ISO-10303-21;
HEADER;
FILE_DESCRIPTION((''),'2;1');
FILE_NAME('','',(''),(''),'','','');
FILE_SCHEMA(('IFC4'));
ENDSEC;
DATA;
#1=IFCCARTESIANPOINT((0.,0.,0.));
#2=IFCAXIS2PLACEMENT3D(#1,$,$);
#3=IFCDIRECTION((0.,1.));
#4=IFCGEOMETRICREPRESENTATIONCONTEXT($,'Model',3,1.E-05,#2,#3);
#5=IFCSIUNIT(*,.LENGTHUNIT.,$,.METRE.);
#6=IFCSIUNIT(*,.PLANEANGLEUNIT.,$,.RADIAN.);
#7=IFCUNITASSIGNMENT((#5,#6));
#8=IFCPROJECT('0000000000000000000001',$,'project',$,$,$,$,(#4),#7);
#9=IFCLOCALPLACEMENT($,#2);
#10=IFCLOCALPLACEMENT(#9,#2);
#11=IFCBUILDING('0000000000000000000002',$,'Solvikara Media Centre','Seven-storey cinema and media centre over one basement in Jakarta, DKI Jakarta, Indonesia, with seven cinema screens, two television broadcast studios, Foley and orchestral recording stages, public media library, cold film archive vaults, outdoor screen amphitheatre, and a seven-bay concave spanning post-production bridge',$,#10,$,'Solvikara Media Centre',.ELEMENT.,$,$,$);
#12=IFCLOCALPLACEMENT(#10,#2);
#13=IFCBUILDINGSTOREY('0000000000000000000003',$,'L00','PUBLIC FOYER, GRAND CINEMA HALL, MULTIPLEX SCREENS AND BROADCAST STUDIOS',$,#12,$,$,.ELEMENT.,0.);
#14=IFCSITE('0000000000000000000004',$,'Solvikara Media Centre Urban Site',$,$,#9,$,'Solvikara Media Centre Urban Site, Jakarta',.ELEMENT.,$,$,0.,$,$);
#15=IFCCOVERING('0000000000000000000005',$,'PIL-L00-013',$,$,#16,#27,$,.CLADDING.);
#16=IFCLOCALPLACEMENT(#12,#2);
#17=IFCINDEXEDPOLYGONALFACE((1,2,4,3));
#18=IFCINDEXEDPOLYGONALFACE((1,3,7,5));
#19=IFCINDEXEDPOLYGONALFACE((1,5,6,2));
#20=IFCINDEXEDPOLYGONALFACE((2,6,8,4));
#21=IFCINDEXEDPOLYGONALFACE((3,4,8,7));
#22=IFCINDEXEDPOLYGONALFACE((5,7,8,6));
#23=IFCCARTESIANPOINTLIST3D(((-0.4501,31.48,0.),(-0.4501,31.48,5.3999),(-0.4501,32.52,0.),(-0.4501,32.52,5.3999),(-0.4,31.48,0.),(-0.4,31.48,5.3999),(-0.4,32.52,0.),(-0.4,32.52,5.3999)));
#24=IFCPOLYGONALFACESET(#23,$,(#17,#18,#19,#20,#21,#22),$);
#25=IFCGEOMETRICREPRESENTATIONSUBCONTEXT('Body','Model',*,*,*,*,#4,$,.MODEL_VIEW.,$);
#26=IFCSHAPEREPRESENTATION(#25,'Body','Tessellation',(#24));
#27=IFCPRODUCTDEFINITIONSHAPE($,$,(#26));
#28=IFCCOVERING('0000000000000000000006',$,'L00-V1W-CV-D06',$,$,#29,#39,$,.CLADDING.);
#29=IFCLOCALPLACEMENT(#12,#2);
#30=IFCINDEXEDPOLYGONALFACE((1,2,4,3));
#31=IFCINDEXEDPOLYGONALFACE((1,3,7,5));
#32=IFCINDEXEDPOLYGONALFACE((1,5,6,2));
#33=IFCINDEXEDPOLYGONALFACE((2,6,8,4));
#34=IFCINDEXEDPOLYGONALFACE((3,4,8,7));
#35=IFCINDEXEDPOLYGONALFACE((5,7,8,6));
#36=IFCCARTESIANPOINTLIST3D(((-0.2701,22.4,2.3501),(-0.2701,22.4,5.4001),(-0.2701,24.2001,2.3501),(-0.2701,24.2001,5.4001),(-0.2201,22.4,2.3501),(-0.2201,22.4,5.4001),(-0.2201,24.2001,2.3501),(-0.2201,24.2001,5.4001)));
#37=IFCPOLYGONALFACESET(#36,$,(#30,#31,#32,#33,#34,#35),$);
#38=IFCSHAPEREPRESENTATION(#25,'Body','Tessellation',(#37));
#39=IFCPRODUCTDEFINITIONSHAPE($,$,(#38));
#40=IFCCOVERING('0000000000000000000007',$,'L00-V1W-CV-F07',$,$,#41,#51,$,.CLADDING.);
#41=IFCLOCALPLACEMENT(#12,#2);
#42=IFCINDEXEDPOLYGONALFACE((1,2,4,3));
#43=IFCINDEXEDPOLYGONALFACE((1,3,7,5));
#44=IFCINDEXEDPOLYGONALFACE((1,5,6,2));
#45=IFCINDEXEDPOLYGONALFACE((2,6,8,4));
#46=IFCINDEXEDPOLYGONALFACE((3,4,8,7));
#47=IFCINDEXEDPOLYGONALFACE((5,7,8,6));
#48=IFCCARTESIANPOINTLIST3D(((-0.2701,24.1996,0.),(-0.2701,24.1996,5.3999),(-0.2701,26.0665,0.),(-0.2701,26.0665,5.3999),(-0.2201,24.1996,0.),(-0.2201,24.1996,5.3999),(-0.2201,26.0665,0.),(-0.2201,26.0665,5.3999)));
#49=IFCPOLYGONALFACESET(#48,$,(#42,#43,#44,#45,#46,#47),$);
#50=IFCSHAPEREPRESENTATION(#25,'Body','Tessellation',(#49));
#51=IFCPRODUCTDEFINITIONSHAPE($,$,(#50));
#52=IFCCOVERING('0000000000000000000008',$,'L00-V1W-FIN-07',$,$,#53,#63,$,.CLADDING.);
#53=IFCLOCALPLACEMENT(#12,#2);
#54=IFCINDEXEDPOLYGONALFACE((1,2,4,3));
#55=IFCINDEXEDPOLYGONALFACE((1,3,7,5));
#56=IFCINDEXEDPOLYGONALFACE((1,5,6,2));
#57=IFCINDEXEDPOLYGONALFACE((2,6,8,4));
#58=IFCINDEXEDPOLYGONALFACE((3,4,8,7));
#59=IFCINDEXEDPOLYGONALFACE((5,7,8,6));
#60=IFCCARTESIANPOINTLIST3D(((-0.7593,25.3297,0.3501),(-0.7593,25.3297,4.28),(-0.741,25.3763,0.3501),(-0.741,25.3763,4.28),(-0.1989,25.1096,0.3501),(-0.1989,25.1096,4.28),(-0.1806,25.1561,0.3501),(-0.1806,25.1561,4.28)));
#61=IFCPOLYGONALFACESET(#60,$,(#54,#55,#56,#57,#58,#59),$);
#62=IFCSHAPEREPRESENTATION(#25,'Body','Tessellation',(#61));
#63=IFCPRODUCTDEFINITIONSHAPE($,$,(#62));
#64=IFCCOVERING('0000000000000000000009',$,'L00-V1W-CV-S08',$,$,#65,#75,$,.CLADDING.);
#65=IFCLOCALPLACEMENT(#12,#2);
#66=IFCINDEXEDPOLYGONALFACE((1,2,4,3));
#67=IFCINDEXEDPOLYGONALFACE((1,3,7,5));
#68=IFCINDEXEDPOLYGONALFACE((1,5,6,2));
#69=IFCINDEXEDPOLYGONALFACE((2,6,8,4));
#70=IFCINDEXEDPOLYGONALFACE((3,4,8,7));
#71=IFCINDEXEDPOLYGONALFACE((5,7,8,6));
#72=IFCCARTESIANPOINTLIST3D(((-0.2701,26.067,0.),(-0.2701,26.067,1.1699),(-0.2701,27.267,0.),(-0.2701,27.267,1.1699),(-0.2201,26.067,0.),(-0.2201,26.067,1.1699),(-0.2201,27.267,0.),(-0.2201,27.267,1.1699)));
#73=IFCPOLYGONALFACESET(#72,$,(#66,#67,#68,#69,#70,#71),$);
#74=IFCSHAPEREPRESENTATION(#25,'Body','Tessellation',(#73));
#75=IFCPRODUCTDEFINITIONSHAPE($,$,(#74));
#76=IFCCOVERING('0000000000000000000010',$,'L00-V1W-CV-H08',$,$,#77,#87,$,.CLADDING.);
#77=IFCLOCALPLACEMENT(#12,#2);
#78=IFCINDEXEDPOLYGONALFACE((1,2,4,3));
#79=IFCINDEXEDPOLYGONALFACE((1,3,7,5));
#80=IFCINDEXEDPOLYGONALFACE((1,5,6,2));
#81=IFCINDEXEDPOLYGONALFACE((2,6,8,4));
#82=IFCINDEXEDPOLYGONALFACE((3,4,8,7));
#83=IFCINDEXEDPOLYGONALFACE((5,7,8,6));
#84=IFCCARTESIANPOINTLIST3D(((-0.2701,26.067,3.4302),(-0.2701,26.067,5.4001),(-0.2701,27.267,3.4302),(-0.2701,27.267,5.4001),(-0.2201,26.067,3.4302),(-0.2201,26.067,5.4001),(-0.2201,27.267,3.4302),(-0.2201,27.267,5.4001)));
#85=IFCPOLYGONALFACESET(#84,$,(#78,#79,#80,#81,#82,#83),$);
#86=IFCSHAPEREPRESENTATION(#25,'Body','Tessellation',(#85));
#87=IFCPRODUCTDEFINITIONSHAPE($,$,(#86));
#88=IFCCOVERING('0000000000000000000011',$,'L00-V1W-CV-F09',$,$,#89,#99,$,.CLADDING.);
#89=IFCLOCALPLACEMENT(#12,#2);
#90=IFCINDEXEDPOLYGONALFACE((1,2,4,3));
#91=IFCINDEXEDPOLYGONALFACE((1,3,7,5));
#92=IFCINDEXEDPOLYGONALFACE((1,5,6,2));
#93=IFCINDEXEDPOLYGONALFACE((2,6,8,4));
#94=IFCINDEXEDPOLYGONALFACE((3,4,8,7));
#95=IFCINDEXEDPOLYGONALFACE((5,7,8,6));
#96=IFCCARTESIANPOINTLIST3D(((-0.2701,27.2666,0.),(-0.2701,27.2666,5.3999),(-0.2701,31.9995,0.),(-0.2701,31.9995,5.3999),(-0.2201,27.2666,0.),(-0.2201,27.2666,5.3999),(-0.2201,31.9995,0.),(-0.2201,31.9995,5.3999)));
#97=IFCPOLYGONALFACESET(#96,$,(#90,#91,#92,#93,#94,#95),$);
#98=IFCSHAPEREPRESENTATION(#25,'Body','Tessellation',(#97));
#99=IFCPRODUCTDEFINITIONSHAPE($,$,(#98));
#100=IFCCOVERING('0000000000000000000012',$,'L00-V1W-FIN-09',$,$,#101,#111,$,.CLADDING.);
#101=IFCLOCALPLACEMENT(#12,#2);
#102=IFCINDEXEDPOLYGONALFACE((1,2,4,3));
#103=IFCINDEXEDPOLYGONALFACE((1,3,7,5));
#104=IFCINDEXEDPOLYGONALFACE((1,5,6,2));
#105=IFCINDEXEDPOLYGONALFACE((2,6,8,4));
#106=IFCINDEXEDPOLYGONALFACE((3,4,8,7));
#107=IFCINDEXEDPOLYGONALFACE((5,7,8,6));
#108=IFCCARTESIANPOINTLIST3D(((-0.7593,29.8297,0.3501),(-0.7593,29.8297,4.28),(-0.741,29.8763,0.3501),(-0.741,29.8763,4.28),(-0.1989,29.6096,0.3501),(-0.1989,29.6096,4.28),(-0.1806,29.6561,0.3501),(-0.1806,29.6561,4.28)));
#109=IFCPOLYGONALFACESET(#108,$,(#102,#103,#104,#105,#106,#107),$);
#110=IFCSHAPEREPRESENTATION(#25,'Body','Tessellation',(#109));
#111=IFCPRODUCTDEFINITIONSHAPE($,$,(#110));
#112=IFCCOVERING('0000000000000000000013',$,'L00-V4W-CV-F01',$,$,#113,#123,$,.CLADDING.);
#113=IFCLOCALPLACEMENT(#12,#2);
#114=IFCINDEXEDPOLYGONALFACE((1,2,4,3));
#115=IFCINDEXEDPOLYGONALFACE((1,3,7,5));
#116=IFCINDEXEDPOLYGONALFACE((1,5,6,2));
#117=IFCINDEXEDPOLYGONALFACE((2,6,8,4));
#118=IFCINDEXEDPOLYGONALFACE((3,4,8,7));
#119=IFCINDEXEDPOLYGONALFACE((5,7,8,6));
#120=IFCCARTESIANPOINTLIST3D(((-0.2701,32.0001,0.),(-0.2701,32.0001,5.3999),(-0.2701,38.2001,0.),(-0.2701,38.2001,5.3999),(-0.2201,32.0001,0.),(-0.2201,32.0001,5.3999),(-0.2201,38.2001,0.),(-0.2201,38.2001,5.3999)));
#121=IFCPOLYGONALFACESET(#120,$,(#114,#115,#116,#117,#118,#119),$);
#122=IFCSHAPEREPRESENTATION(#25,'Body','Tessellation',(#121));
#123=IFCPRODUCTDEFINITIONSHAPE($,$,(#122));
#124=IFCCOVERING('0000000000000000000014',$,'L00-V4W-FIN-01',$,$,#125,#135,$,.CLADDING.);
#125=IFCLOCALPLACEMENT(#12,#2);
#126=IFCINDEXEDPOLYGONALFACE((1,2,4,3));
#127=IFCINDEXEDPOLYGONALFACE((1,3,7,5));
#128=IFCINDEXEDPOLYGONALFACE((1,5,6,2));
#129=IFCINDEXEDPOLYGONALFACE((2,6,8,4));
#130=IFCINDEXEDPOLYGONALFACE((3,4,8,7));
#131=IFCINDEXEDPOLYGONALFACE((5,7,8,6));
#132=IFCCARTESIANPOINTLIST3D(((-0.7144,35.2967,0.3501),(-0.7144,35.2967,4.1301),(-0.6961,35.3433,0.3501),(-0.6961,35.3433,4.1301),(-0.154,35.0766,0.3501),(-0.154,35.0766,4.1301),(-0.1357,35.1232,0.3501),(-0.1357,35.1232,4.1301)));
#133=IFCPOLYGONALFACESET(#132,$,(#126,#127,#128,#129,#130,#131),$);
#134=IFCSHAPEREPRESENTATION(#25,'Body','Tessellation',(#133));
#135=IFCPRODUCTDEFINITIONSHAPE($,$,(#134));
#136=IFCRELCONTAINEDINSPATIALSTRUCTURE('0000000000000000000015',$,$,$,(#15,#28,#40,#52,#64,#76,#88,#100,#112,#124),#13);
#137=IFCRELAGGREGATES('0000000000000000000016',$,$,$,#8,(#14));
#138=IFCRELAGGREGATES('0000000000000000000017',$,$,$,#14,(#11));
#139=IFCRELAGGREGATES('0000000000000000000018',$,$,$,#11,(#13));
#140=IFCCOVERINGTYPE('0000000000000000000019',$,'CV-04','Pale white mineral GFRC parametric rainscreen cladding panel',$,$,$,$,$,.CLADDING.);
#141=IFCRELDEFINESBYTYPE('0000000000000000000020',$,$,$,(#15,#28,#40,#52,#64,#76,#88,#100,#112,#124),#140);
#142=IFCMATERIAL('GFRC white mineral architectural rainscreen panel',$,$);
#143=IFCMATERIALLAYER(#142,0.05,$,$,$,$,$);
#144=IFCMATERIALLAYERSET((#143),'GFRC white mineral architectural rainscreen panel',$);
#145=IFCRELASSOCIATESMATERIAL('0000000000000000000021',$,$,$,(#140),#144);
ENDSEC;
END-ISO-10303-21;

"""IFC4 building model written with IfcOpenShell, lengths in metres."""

from ifc_helpers import new_model, si_unit, direction, frame, origin, origin_2d, place, context, subcontext, project, spatial, rectangle, extrude, material, layer, layer_set, type_object, element, save


model = new_model("IFC4")

# Units and contexts
model_context = context("Model", 3, precision=1e-05, world=origin(), true_north=direction((0.0, 1.0)))
body_context = subcontext(model_context, "Body", "Model", "MODEL_VIEW")
ifc_project = project(units=[si_unit("LENGTHUNIT", "METRE"), si_unit("PLANEANGLEUNIT", "RADIAN")], contexts=[model_context])

# Site, building, storey
site_placement = place(None, origin())
site = spatial("IfcSite", under=ifc_project, at=site_placement, Name="Solvikara Media Centre Urban Site", LongName="Solvikara Media Centre Urban Site, Jakarta", CompositionType="ELEMENT", RefElevation=0.0)
building_placement = place(site_placement, origin())
building = spatial("IfcBuilding", under=site, at=building_placement, Name="Solvikara Media Centre", Description="Seven-storey cinema and media centre over one basement in Jakarta, DKI Jakarta, Indonesia, with seven cinema screens, two television broadcast studios, Foley and orchestral recording stages, public media library, cold film archive vaults, outdoor screen amphitheatre, and a seven-bay concave spanning post-production bridge", LongName="Solvikara Media Centre", CompositionType="ELEMENT")
storey_placement = place(building_placement, origin())
storey = spatial("IfcBuildingStorey", under=building, at=storey_placement, Name="L00", Description="PUBLIC FOYER, GRAND CINEMA HALL, MULTIPLEX SCREENS AND BROADCAST STUDIOS", CompositionType="ELEMENT", Elevation=0.0)

# Coverings
ifc_material_1 = material(Name="GFRC white mineral architectural rainscreen panel")
ifc_layer_1 = layer(ifc_material_1, 0.05)
ifc_layer_set_1 = layer_set([ifc_layer_1], Name="GFRC white mineral architectural rainscreen panel")
covering_type = type_object("IfcCoveringType", Name="CV-04", Description="Pale white mineral GFRC parametric rainscreen cladding panel", PredefinedType="CLADDING", material=ifc_layer_set_1)
covering_1_placement = place(storey_placement, frame((-0.425, 32.0, 0.0), z_axis=(0.0, 0.0, 1.0), x_axis=(0.0, -1.0, 0.0)))
element("IfcCovering", 1, at=covering_1_placement, inside=storey, type_object=covering_type, Name="PIL-L00-013", PredefinedType="CLADDING", context=body_context, shape_type="SweptSolid", body=[
    extrude(rectangle(XDim=1.04, YDim=0.05, at=origin_2d()), origin(), (0.0, 0.0, 1.0), 5.3999),
])
covering_2_placement = place(storey_placement, frame((-0.2451, 23.3, 2.3501), z_axis=(0.0, 0.0, 1.0), x_axis=(0.0, 1.0, 0.0)))
element("IfcCovering", 2, at=covering_2_placement, inside=storey, type_object=covering_type, Name="L00-V1W-CV-D06", PredefinedType="CLADDING", context=body_context, shape_type="SweptSolid", body=[
    extrude(rectangle(XDim=1.8, YDim=0.05, at=origin_2d()), origin(), (0.0, 0.0, 1.0), 3.05),
])
covering_3_placement = place(storey_placement, frame((-0.2451, 25.1331, 0.0), z_axis=(0.0, 0.0, 1.0), x_axis=(0.0, 1.0, 0.0)))
element("IfcCovering", 3, at=covering_3_placement, inside=storey, type_object=covering_type, Name="L00-V1W-CV-F07", PredefinedType="CLADDING", context=body_context, shape_type="SweptSolid", body=[
    extrude(rectangle(XDim=1.8669, YDim=0.05, at=origin_2d()), origin(), (0.0, 0.0, 1.0), 5.3999),
])
covering_4_placement = place(storey_placement, frame((-0.47, 25.2429, 0.3501), z_axis=(0.0, 0.0, 1.0), x_axis=(-0.93075, 0.365657, 0.0)))
element("IfcCovering", 4, at=covering_4_placement, inside=storey, type_object=covering_type, Name="L00-V1W-FIN-07", PredefinedType="CLADDING", context=body_context, shape_type="SweptSolid", body=[
    extrude(rectangle(XDim=0.6021, YDim=0.05, at=origin_2d()), origin(), (0.0, 0.0, 1.0), 3.9299),
])
covering_5_placement = place(storey_placement, frame((-0.2451, 26.667, 0.0), z_axis=(0.0, 0.0, 1.0), x_axis=(0.0, 1.0, 0.0)))
element("IfcCovering", 5, at=covering_5_placement, inside=storey, type_object=covering_type, Name="L00-V1W-CV-S08", PredefinedType="CLADDING", context=body_context, shape_type="SweptSolid", body=[
    extrude(rectangle(XDim=1.2, YDim=0.05, at=origin_2d()), origin(), (0.0, 0.0, 1.0), 1.1699),
])
covering_6_placement = place(storey_placement, frame((-0.2451, 26.667, 3.4302), z_axis=(0.0, 0.0, 1.0), x_axis=(0.0, 1.0, 0.0)))
element("IfcCovering", 6, at=covering_6_placement, inside=storey, type_object=covering_type, Name="L00-V1W-CV-H08", PredefinedType="CLADDING", context=body_context, shape_type="SweptSolid", body=[
    extrude(rectangle(XDim=1.2, YDim=0.05, at=origin_2d()), origin(), (0.0, 0.0, 1.0), 1.97),
])
covering_7_placement = place(storey_placement, frame((-0.2451, 29.6331, 0.0), z_axis=(0.0, 0.0, 1.0), x_axis=(0.0, 1.0, 0.0)))
element("IfcCovering", 7, at=covering_7_placement, inside=storey, type_object=covering_type, Name="L00-V1W-CV-F09", PredefinedType="CLADDING", context=body_context, shape_type="SweptSolid", body=[
    extrude(rectangle(XDim=4.7329, YDim=0.05, at=origin_2d()), origin(), (0.0, 0.0, 1.0), 5.3999),
])
covering_8_placement = place(storey_placement, frame((-0.47, 29.7429, 0.3501), z_axis=(0.0, 0.0, 1.0), x_axis=(-0.93075, 0.365657, 0.0)))
element("IfcCovering", 8, at=covering_8_placement, inside=storey, type_object=covering_type, Name="L00-V1W-FIN-09", PredefinedType="CLADDING", context=body_context, shape_type="SweptSolid", body=[
    extrude(rectangle(XDim=0.6021, YDim=0.05, at=origin_2d()), origin(), (0.0, 0.0, 1.0), 3.9299),
])
covering_9_placement = place(storey_placement, frame((-0.2451, 35.1001, 0.0), z_axis=(0.0, 0.0, 1.0), x_axis=(0.0, 1.0, 0.0)))
element("IfcCovering", 9, at=covering_9_placement, inside=storey, type_object=covering_type, Name="L00-V4W-CV-F01", PredefinedType="CLADDING", context=body_context, shape_type="SweptSolid", body=[
    extrude(rectangle(XDim=6.2, YDim=0.05, at=origin_2d()), origin(), (0.0, 0.0, 1.0), 5.3999),
])
covering_10_placement = place(storey_placement, frame((-0.425, 35.21, 0.3501), z_axis=(0.0, 0.0, 1.0), x_axis=(-0.93075, 0.365657, 0.0)))
element("IfcCovering", 10, at=covering_10_placement, inside=storey, type_object=covering_type, Name="L00-V4W-FIN-01", PredefinedType="CLADDING", context=body_context, shape_type="SweptSolid", body=[
    extrude(rectangle(XDim=0.6021, YDim=0.05, at=origin_2d()), origin(), (0.0, 0.0, 1.0), 3.78),
])

save(model, "model.ifc")
